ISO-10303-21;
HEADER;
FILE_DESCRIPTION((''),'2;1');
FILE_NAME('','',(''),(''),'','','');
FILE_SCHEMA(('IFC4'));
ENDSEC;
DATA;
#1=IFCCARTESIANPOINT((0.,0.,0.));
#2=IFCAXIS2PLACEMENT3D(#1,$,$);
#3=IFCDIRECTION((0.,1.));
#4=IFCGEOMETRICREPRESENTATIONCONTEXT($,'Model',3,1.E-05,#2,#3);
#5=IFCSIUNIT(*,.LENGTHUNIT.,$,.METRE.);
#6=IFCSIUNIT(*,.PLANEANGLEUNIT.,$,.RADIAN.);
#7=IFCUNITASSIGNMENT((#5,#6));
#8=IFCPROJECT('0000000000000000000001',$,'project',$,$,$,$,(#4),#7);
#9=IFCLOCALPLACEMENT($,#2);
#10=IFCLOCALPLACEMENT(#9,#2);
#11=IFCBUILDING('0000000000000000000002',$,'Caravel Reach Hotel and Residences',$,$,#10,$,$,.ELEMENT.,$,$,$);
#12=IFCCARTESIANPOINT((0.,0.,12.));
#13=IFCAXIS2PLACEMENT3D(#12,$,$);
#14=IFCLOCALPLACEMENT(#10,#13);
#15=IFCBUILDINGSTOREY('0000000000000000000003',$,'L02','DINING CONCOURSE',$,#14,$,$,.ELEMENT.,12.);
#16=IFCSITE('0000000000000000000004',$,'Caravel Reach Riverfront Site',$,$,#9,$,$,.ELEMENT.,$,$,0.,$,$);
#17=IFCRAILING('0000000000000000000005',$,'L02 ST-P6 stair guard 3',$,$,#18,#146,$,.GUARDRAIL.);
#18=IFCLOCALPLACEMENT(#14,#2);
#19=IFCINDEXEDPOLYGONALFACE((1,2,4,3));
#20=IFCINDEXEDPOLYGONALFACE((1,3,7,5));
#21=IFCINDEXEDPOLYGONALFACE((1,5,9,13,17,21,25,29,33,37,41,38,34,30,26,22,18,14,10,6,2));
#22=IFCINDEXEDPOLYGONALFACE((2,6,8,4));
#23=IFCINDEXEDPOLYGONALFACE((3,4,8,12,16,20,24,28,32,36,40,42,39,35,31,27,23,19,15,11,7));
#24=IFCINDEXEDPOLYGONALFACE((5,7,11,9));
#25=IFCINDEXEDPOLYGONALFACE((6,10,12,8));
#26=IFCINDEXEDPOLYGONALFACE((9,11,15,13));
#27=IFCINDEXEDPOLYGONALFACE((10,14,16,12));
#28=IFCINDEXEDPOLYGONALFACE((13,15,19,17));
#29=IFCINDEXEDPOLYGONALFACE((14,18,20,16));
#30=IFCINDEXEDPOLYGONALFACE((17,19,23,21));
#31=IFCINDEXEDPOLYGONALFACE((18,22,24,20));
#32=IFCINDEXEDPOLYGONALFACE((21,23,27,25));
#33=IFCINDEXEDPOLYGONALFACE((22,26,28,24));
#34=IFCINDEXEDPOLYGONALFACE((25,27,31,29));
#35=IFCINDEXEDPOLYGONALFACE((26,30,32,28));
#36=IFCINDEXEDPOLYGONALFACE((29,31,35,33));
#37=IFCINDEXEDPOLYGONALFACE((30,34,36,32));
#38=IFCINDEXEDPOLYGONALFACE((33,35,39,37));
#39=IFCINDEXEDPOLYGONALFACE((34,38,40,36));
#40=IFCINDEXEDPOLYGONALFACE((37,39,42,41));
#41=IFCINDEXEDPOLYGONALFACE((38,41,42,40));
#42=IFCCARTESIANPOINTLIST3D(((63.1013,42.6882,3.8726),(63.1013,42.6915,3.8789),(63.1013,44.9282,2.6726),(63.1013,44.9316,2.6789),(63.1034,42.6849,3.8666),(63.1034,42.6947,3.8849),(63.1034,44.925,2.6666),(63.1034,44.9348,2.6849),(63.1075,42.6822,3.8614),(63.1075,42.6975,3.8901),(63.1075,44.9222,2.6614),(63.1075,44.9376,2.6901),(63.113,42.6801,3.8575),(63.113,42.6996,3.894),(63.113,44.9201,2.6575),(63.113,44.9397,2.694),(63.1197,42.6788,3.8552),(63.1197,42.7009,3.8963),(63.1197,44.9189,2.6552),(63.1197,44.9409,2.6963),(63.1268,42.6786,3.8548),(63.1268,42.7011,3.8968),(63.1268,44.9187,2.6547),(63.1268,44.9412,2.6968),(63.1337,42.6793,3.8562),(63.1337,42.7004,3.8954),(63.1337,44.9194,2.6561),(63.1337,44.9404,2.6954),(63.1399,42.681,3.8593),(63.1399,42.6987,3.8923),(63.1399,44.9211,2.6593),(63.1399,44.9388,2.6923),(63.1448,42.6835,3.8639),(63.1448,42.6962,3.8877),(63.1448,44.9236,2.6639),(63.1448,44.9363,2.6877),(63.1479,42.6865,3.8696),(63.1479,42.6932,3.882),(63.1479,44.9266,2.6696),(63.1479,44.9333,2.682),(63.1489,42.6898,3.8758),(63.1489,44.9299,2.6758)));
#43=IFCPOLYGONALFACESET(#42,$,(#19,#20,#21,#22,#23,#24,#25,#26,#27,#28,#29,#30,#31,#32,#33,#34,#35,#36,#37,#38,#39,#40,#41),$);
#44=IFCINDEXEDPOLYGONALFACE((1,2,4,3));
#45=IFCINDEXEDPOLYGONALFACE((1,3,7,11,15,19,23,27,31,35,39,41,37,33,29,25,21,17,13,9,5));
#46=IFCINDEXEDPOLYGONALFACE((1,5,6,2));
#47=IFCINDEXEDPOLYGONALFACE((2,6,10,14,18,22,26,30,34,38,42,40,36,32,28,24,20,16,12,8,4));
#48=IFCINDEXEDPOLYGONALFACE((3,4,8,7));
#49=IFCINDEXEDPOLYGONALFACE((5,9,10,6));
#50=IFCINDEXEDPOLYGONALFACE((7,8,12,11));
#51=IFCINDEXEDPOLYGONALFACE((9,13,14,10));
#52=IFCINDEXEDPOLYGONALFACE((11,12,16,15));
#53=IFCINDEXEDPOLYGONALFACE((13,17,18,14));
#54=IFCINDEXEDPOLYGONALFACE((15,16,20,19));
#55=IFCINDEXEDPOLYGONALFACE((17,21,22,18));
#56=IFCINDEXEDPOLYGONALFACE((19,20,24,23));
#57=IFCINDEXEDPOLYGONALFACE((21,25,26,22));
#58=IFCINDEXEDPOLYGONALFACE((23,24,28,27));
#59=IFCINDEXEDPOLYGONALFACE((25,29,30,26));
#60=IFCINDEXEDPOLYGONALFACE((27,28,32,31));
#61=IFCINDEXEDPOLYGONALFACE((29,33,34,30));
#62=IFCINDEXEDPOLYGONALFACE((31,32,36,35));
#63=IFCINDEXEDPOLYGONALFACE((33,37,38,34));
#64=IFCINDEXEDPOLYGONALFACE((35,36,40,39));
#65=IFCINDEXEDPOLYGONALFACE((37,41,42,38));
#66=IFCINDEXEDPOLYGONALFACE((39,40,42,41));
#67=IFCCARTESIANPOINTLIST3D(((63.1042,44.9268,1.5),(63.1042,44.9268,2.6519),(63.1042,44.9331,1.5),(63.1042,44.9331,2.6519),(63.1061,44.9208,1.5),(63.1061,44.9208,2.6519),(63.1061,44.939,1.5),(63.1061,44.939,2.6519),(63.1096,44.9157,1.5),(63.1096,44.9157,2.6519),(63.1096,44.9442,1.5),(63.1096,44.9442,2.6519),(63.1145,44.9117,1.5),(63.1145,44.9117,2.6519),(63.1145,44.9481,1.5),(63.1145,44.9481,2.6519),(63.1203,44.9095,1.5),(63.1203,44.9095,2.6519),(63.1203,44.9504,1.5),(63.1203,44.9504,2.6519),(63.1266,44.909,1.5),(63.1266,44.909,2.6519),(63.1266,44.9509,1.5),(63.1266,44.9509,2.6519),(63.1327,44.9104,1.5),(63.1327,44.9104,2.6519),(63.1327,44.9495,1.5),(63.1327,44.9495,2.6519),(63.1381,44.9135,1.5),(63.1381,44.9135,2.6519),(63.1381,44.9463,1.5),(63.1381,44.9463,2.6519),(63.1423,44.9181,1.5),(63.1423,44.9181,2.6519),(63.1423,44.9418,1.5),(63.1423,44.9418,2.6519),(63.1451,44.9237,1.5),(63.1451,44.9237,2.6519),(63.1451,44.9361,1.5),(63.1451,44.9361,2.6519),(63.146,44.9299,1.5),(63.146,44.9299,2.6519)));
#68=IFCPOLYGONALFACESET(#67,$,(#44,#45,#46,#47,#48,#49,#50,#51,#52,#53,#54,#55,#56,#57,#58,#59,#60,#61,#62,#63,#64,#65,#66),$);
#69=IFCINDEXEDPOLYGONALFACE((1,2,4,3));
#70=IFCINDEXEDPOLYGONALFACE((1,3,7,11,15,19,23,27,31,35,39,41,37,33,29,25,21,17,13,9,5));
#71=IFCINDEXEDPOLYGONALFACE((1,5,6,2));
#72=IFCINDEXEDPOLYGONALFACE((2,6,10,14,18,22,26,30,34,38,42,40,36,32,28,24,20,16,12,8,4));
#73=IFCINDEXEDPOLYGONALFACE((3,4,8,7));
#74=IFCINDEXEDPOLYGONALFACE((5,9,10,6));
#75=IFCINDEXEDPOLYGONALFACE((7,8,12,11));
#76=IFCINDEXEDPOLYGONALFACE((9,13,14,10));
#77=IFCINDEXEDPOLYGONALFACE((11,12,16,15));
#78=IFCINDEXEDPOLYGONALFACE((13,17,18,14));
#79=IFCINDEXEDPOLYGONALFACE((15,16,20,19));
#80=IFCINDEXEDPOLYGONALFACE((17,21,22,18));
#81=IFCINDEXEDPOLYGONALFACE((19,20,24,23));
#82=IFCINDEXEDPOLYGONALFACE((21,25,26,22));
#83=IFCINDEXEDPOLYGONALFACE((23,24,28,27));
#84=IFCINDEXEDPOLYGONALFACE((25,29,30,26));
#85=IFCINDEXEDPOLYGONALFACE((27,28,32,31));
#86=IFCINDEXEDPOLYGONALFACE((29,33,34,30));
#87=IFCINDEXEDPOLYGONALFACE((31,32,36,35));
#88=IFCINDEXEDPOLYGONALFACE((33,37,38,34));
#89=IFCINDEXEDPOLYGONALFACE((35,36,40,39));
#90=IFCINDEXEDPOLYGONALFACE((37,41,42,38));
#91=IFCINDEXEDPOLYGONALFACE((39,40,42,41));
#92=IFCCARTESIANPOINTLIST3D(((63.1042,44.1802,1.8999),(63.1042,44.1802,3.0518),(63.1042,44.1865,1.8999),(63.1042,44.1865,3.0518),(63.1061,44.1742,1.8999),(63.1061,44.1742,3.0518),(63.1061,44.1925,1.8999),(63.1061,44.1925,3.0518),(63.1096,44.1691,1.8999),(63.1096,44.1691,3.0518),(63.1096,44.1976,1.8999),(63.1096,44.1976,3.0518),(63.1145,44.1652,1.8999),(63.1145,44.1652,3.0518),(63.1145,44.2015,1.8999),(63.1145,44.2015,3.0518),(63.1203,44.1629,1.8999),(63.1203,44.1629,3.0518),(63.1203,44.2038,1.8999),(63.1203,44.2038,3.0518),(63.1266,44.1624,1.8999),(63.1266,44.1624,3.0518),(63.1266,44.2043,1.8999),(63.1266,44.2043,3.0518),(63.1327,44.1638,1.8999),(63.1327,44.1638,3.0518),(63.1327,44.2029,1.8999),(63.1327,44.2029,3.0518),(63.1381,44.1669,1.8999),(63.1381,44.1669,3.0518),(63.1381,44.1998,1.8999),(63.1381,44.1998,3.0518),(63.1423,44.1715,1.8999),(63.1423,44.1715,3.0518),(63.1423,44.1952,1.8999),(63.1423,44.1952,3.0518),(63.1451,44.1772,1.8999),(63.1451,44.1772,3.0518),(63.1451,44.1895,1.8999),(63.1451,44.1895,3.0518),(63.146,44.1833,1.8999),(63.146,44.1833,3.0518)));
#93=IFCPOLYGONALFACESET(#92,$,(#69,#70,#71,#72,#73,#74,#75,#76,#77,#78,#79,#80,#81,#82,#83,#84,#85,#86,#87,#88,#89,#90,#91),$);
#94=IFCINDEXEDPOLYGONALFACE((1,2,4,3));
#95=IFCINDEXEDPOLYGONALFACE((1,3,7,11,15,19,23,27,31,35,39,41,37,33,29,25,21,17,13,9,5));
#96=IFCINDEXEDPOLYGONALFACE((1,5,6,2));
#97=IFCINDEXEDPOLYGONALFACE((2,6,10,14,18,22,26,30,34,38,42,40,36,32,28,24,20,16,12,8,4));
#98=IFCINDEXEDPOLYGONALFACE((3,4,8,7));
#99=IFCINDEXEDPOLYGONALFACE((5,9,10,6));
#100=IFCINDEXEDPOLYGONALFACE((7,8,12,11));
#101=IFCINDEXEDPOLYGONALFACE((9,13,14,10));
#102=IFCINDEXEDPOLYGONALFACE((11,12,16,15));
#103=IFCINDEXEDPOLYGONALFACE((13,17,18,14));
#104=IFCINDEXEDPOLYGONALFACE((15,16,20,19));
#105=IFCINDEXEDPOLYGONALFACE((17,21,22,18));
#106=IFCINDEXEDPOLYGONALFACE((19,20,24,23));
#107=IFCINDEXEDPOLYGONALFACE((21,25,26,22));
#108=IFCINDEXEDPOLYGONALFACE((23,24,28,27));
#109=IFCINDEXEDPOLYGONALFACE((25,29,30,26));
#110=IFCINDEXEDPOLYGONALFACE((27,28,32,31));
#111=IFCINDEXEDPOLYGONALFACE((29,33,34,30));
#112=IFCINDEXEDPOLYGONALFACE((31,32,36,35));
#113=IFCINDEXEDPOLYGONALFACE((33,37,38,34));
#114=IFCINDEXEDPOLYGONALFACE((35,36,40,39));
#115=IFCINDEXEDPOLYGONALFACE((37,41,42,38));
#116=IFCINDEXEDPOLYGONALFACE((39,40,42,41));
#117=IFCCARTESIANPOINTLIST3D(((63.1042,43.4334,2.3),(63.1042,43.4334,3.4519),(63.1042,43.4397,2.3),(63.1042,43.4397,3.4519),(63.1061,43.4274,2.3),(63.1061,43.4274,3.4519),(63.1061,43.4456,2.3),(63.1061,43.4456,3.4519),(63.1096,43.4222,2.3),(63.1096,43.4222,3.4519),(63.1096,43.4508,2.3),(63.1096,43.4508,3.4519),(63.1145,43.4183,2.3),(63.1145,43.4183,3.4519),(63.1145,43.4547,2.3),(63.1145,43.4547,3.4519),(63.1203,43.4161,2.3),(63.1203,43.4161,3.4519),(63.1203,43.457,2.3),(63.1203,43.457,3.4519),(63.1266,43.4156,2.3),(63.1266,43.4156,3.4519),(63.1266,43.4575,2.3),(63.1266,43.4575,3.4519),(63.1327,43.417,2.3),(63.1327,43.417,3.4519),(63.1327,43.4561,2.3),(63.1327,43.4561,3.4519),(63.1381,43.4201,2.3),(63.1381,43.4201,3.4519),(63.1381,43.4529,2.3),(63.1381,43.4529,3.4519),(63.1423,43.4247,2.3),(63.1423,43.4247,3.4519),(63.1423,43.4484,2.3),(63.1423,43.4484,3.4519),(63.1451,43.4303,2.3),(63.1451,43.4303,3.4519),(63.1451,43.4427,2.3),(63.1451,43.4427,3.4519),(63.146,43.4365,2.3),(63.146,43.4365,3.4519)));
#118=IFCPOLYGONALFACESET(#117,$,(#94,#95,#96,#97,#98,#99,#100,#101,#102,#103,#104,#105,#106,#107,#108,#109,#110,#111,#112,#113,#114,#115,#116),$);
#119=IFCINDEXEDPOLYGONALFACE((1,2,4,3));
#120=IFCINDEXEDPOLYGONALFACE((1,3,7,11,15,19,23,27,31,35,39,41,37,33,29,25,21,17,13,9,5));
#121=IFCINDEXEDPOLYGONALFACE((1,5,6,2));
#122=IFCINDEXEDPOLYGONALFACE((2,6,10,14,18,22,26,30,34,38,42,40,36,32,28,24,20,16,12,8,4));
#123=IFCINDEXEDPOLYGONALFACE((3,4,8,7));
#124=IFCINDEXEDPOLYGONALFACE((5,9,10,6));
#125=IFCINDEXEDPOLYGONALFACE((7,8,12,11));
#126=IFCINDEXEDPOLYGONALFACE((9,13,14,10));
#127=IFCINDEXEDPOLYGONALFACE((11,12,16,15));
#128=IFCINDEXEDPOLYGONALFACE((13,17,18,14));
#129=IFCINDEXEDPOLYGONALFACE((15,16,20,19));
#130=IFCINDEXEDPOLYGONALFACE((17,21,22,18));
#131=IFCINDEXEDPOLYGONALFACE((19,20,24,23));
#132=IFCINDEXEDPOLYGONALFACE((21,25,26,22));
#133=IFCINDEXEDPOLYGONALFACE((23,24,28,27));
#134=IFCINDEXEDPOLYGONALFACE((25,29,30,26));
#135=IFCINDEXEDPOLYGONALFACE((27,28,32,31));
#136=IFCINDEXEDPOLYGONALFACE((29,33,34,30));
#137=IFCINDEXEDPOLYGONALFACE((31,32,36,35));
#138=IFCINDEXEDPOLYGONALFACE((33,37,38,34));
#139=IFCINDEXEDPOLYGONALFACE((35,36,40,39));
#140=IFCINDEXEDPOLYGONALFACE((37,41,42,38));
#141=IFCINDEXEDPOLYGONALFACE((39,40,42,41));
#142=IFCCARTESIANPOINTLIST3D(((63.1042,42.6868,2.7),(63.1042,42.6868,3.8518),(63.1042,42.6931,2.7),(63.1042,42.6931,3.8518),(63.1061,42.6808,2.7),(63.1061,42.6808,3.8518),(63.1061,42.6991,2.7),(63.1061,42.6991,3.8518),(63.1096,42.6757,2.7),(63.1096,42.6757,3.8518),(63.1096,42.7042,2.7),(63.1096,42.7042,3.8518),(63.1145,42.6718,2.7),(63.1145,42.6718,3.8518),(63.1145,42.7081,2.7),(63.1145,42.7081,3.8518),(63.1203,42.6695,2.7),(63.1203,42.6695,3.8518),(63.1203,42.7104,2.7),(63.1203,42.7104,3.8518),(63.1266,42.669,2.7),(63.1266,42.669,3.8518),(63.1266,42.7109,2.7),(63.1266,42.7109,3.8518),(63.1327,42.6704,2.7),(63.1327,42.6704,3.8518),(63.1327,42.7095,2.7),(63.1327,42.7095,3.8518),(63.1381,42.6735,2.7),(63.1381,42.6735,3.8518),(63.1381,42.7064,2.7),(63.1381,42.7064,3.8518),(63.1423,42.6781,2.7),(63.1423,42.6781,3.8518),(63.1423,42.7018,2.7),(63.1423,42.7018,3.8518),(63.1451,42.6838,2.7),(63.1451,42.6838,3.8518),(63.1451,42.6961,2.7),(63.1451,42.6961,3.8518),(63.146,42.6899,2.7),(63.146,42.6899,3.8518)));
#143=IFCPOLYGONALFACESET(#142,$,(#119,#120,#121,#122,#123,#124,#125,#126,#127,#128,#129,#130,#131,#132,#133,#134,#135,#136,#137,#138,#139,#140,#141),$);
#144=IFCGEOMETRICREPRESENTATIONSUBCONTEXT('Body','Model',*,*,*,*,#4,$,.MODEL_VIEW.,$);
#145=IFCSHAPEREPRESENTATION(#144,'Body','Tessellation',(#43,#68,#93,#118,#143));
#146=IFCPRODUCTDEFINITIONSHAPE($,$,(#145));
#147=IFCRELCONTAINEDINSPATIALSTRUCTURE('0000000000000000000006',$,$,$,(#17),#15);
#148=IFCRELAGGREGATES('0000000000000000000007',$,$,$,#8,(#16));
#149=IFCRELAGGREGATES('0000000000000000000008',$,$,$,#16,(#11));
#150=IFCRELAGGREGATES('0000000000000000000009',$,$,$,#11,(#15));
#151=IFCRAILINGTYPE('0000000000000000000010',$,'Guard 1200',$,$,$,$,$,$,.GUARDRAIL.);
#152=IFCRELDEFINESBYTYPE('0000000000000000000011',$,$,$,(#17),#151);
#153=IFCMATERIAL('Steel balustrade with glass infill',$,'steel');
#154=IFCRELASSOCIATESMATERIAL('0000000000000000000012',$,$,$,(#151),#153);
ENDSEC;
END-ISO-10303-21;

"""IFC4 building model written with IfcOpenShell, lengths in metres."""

from ifc_helpers import new_model, si_unit, direction, frame, origin, origin_2d, place, context, subcontext, project, spatial, circle, extrude, material, type_object, element, save


model = new_model("IFC4")

# Units and contexts
model_context = context("Model", 3, precision=1e-05, world=origin(), true_north=direction((0.0, 1.0)))
body_context = subcontext(model_context, "Body", "Model", "MODEL_VIEW")
ifc_project = project(units=[si_unit("LENGTHUNIT", "METRE"), si_unit("PLANEANGLEUNIT", "RADIAN")], contexts=[model_context])

# Site, building, storey
site_placement = place(None, origin())
site = spatial("IfcSite", under=ifc_project, at=site_placement, Name="Caravel Reach Riverfront Site", CompositionType="ELEMENT", RefElevation=0.0)
building_placement = place(site_placement, origin())
building = spatial("IfcBuilding", under=site, at=building_placement, Name="Caravel Reach Hotel and Residences", CompositionType="ELEMENT")
storey_placement = place(building_placement, frame((0.0, 0.0, 12.0)))
storey = spatial("IfcBuildingStorey", under=building, at=storey_placement, Name="L02", Description="DINING CONCOURSE", CompositionType="ELEMENT", Elevation=12.0)

# Railing
ifc_material_1 = material(Name="Steel balustrade with glass infill", Category="steel")
railing_type_1 = type_object("IfcRailingType", Name="Guard 1200", PredefinedType="GUARDRAIL", material=ifc_material_1)
railing_1_placement = place(storey_placement, frame((63.125, 44.9299, 1.5)))
element("IfcRailing", 1, at=railing_1_placement, inside=storey, type_object=railing_type_1, Name="L02 ST-P6 stair guard 3", PredefinedType="GUARDRAIL", context=body_context, shape_type="SweptSolid", body=[
    extrude(circle(Radius=0.0239, at=origin_2d()), frame((0.0, 0.0, 1.1758), z_axis=(0.0, -0.881487, 0.472208), x_axis=(1.0, 0.0, 0.0)), (0.0, 0.0, 1.0), 2.5413),
    extrude(circle(Radius=0.021, at=origin_2d()), origin(), (0.0, 0.0, 1.0), 1.1519),
    extrude(circle(Radius=0.021, at=origin_2d()), frame((0.0, -0.7466, 0.3999)), (0.0, 0.0, 1.0), 1.1519),
    extrude(circle(Radius=0.021, at=origin_2d()), frame((0.0, -1.4934, 0.8)), (0.0, 0.0, 1.0), 1.1519),
    extrude(circle(Radius=0.021, at=origin_2d()), frame((0.0, -2.24, 1.2)), (0.0, 0.0, 1.0), 1.1519),
])

save(model, "model.ifc")
